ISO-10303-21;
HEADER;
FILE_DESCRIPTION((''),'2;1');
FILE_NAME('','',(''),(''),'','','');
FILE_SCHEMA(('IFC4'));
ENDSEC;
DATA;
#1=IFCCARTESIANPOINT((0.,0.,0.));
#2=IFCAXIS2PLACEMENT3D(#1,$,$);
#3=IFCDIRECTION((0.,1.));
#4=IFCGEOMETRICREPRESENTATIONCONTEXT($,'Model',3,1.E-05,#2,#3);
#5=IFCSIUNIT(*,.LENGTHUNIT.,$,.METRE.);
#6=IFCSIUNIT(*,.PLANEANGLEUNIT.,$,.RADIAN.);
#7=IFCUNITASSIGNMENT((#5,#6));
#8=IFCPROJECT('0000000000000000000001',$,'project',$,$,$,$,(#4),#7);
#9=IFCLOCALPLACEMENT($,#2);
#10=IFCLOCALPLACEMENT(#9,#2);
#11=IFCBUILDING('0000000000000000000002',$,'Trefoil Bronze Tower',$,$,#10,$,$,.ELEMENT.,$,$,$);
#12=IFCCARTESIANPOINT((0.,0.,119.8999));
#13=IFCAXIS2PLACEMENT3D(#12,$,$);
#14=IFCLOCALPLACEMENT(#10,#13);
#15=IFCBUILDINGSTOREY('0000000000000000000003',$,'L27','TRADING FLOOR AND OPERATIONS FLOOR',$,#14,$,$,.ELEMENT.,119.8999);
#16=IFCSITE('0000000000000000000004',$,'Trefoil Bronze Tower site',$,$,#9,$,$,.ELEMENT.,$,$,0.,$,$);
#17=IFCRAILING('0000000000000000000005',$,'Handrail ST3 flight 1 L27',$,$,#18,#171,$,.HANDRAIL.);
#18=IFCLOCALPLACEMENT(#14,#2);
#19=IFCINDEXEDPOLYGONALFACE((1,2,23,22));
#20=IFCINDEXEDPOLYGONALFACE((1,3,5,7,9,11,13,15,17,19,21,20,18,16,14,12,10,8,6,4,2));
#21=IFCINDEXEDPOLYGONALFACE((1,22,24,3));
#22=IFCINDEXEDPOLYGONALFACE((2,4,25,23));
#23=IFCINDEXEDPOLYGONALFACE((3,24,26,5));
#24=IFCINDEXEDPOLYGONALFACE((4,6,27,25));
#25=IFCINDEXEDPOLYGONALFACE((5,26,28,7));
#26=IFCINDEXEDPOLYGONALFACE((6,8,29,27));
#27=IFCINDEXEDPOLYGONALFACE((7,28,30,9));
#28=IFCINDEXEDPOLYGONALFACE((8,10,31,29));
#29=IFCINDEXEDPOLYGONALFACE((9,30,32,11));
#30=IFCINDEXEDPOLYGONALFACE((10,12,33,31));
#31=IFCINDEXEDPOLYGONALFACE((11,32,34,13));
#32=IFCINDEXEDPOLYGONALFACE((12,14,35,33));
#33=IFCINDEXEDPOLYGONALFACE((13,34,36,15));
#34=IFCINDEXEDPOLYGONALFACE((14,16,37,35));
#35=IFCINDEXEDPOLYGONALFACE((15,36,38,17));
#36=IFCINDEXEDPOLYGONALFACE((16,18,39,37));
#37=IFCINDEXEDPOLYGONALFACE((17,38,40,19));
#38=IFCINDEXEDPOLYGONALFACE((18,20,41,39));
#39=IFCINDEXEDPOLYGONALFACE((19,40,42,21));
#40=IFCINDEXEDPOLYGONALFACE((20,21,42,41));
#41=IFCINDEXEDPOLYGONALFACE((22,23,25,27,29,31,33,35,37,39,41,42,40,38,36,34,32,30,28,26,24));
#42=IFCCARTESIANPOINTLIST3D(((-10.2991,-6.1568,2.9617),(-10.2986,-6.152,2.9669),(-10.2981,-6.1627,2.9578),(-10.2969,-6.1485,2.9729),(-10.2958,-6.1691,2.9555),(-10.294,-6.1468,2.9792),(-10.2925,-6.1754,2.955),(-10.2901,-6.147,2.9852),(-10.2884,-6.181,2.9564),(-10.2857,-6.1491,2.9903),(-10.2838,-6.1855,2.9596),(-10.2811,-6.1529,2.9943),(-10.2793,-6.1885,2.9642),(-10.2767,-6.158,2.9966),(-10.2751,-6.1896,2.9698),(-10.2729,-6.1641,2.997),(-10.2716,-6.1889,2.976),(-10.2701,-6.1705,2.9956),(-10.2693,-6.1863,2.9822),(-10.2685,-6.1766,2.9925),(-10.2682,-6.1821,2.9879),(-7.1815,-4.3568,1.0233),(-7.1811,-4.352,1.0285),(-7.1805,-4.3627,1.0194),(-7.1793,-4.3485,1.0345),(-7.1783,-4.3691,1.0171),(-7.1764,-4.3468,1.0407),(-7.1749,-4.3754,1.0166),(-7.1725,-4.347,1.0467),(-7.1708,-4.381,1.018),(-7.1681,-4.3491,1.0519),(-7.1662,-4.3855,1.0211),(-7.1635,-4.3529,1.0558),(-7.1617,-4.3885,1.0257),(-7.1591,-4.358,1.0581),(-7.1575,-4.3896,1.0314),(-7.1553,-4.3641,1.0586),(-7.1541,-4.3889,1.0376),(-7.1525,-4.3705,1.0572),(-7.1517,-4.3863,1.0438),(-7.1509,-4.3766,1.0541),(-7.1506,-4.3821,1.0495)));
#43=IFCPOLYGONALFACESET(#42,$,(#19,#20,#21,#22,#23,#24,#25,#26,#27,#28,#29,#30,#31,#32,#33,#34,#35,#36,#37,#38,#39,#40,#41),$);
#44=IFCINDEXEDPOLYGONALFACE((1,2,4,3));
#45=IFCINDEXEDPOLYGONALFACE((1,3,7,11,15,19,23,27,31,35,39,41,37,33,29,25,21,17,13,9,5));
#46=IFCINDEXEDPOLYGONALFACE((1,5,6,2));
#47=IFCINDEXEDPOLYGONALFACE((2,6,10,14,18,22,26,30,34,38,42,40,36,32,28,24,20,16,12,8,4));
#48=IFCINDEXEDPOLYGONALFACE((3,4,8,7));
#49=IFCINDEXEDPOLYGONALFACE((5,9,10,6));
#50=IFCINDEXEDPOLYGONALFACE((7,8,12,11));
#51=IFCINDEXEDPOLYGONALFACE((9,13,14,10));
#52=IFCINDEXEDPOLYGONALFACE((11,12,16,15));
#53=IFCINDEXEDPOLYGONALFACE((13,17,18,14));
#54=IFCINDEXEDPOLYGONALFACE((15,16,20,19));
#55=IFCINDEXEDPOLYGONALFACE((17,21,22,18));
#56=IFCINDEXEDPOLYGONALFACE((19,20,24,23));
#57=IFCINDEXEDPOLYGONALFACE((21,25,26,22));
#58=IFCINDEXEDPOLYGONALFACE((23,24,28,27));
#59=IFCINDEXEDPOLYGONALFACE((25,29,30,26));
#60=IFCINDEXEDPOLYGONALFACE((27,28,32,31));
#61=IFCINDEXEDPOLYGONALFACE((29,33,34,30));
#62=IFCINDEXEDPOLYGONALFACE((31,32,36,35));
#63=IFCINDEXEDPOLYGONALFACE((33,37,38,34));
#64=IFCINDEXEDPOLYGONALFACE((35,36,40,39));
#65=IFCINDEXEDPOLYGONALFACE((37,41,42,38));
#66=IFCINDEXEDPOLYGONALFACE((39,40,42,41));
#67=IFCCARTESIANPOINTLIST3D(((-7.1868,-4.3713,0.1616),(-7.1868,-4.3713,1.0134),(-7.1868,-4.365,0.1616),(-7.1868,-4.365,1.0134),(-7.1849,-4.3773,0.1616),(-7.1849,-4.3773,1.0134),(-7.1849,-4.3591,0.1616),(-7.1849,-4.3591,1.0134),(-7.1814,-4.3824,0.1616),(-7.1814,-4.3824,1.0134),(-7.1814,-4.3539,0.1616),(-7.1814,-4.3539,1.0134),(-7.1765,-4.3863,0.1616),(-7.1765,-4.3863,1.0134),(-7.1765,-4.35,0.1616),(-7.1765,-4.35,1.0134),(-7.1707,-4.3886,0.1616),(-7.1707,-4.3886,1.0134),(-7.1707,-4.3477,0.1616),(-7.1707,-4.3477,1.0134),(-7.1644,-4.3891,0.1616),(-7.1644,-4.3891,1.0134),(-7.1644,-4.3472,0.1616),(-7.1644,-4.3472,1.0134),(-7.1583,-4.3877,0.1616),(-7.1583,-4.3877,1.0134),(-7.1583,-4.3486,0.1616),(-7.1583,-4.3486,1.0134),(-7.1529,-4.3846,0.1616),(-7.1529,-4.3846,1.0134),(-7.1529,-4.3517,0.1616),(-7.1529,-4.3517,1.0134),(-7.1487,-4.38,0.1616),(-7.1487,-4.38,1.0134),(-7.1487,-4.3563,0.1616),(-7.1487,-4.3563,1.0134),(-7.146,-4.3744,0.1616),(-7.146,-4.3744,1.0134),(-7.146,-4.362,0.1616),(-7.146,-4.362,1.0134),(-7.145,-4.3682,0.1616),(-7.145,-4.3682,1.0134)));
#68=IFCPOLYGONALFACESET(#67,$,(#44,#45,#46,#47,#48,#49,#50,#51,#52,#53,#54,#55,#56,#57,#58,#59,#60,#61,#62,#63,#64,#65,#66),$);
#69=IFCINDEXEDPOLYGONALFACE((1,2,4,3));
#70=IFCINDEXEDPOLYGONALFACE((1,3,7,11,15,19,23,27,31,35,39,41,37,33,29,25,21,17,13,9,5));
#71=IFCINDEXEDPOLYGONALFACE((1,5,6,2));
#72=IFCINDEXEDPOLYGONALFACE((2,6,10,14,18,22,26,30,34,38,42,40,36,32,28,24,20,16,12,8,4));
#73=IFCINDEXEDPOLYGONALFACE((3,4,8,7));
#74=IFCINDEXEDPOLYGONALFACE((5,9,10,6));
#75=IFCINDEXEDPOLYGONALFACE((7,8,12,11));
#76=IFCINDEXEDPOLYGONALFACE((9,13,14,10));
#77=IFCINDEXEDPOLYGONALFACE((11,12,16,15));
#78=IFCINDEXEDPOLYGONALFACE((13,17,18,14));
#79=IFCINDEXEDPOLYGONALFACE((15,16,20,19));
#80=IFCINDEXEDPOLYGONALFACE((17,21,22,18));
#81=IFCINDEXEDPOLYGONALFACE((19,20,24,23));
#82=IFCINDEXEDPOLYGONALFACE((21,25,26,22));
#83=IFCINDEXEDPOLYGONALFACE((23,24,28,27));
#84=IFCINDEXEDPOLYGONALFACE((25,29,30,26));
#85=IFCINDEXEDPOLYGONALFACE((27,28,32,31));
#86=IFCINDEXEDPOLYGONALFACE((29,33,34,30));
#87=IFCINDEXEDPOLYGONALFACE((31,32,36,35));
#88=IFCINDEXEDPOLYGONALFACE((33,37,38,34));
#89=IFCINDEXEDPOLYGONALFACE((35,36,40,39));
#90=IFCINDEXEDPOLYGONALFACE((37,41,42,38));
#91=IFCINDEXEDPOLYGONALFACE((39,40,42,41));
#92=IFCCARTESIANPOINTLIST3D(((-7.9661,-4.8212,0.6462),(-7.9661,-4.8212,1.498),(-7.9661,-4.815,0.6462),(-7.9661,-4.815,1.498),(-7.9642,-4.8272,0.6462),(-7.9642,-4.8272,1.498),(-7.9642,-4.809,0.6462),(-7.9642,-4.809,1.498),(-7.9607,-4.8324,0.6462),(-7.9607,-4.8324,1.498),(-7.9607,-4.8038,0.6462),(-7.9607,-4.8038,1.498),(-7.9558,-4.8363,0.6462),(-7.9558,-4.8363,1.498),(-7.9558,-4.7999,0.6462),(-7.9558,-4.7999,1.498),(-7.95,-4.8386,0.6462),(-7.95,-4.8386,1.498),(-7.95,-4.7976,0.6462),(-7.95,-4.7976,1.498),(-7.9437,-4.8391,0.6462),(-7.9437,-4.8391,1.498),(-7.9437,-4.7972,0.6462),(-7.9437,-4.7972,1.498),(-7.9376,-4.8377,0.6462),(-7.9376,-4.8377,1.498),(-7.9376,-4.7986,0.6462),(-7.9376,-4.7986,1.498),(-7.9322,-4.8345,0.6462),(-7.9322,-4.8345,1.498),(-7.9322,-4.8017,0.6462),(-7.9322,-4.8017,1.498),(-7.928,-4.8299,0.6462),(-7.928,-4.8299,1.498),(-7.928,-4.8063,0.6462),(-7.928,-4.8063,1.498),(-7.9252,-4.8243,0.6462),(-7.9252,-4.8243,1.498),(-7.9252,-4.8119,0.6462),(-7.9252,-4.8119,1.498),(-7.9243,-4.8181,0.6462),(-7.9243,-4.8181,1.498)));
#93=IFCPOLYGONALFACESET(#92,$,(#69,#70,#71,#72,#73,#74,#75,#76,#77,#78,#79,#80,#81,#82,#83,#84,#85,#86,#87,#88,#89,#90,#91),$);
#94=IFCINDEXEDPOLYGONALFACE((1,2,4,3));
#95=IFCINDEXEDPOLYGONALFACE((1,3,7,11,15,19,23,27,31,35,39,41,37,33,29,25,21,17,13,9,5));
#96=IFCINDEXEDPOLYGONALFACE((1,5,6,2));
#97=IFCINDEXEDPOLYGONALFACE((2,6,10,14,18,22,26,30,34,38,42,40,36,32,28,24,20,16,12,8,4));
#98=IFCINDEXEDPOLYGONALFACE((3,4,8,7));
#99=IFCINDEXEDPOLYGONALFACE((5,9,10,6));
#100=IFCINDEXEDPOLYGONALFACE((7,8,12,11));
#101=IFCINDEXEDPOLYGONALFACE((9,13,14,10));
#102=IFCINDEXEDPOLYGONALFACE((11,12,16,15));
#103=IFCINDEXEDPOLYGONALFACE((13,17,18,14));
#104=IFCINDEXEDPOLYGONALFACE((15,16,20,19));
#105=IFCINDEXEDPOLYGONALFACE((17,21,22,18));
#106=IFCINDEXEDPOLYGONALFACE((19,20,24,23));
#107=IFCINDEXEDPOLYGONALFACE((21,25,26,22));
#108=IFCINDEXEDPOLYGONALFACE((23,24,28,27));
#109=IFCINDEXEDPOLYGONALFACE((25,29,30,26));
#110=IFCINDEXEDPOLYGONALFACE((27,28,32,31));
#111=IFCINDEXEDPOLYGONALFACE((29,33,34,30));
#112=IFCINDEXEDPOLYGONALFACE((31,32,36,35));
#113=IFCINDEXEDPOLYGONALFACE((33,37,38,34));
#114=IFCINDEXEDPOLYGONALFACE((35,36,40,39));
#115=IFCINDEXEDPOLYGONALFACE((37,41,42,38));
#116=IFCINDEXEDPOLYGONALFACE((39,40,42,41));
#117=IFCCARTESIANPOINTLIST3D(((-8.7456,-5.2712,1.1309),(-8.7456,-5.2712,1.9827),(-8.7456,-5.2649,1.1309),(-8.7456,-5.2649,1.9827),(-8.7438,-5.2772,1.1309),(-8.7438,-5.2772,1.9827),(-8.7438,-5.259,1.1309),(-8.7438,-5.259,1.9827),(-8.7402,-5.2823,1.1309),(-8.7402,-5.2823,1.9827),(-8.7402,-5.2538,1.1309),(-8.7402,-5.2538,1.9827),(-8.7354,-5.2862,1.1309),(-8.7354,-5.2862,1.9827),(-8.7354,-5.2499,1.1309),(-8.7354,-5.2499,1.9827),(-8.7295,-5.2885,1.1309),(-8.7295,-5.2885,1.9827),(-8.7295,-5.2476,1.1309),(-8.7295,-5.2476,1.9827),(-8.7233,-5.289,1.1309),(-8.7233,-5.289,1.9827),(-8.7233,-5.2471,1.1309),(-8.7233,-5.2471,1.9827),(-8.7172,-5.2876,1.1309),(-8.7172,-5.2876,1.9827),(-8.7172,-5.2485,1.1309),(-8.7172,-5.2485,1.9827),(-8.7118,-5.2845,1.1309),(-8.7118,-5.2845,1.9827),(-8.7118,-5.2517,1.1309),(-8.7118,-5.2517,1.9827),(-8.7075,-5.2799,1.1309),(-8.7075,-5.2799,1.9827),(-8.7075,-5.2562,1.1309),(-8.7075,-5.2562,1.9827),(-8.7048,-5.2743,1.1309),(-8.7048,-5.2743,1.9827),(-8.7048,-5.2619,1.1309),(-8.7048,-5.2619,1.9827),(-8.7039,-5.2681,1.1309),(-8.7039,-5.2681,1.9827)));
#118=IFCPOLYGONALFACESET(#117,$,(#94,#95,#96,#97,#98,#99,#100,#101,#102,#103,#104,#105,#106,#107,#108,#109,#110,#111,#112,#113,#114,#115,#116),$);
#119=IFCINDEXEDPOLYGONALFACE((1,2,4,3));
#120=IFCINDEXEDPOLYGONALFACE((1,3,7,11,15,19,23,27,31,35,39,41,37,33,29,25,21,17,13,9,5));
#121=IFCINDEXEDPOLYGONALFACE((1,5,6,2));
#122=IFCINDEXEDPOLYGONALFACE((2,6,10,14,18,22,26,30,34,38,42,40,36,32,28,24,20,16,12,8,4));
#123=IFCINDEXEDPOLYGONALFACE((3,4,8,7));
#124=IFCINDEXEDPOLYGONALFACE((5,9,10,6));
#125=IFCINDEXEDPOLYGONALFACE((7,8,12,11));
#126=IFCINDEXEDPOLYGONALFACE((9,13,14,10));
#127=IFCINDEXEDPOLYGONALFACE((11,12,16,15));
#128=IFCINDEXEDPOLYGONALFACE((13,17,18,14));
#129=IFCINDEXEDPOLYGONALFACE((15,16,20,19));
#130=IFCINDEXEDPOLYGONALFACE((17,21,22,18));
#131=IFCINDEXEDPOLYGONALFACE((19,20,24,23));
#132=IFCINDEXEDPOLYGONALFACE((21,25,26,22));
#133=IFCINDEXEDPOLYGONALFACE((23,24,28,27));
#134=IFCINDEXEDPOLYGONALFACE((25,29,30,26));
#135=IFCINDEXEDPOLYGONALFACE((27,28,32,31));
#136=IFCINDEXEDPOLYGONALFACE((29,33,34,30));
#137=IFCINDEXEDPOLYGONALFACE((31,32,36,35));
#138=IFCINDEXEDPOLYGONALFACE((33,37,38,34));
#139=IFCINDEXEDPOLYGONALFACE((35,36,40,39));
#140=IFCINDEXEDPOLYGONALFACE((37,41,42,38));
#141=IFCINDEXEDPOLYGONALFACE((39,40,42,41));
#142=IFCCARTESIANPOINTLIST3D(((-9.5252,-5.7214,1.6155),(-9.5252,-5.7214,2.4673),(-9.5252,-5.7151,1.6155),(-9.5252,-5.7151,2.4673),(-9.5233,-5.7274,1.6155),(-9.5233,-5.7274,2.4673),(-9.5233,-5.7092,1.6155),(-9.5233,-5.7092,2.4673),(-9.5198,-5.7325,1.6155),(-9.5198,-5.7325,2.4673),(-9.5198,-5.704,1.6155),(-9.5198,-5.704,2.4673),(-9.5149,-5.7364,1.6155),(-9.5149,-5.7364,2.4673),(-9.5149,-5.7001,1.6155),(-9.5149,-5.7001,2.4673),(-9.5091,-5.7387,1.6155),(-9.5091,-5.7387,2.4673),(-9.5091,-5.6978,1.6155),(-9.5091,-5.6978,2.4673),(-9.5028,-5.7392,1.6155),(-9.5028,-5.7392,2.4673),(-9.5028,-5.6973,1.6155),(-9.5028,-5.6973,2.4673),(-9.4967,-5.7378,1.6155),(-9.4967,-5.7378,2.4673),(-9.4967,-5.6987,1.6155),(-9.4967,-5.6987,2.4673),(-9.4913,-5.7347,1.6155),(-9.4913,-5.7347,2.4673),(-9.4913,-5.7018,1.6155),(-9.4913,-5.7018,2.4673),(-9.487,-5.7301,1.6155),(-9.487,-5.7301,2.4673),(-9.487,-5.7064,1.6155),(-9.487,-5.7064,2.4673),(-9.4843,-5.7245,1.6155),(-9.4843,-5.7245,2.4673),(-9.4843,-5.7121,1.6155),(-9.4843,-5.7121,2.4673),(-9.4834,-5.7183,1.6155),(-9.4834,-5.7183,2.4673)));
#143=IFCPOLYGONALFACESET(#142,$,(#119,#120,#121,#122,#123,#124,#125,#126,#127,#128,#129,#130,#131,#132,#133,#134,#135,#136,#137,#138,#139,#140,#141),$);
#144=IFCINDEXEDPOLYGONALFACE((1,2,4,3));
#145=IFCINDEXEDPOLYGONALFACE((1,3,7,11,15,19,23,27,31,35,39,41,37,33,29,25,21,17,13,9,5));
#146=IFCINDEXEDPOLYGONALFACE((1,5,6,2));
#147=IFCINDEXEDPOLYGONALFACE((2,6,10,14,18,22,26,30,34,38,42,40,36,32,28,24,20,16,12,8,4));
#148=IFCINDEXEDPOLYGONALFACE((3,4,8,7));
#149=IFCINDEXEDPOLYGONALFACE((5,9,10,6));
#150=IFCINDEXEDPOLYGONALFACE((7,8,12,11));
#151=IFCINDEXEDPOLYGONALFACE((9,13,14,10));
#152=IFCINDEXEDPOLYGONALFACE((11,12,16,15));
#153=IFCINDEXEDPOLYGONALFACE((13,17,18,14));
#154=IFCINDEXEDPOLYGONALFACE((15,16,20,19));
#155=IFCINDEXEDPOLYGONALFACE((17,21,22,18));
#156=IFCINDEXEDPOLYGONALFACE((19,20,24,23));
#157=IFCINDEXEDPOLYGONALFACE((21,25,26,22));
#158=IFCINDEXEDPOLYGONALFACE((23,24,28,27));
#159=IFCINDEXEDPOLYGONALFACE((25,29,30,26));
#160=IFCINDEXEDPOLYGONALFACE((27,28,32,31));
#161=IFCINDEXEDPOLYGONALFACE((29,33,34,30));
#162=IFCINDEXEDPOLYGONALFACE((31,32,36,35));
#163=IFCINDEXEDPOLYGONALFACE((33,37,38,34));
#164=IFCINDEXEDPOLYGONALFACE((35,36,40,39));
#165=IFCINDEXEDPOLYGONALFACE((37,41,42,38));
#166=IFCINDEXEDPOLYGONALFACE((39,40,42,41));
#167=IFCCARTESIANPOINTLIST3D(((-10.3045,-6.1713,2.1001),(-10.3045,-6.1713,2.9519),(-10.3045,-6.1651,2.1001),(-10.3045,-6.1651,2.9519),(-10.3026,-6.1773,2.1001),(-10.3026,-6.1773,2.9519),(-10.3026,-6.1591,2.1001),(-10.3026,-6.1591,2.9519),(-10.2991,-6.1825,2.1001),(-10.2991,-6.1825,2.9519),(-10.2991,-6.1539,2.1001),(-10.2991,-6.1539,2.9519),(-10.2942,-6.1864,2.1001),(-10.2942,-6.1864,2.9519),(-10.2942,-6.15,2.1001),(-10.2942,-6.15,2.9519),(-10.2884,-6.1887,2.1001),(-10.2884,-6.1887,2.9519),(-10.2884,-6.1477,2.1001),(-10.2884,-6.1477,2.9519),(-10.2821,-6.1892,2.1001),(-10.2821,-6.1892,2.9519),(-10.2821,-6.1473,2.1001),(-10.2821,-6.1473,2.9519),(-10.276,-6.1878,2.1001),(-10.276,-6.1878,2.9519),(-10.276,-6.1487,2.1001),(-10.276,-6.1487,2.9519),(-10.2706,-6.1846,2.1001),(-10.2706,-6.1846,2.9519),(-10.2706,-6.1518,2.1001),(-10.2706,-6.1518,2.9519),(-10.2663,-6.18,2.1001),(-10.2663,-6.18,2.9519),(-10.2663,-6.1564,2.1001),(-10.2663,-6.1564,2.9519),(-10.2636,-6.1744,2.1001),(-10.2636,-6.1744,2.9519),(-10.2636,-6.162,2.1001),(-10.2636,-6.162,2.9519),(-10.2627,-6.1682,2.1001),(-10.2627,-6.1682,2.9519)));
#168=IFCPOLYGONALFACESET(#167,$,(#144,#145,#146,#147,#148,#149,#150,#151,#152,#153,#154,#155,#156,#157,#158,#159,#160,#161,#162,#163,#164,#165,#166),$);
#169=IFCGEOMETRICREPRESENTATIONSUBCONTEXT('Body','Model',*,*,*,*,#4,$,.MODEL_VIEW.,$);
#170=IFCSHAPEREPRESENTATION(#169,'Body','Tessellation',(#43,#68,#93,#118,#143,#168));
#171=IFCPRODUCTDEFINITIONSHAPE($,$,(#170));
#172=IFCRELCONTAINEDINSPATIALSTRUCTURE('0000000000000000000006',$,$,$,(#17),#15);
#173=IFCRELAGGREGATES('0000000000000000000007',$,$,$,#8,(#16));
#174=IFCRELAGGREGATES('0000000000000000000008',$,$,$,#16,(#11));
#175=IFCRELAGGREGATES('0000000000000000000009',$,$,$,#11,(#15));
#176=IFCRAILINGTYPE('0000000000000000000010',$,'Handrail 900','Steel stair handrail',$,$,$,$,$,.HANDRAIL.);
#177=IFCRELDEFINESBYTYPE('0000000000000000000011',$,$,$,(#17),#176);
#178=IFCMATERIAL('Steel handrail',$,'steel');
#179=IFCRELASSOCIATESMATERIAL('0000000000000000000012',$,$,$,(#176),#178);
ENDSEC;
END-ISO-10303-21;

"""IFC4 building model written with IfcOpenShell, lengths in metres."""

from ifc_helpers import new_model, si_unit, direction, frame, origin, origin_2d, place, context, subcontext, project, spatial, circle, extrude, material, type_object, element, save


model = new_model("IFC4")

# Units and contexts
model_context = context("Model", 3, precision=1e-05, world=origin(), true_north=direction((0.0, 1.0)))
body_context = subcontext(model_context, "Body", "Model", "MODEL_VIEW")
ifc_project = project(units=[si_unit("LENGTHUNIT", "METRE"), si_unit("PLANEANGLEUNIT", "RADIAN")], contexts=[model_context])

# Site, building, storey
site_placement = place(None, origin())
site = spatial("IfcSite", under=ifc_project, at=site_placement, Name="Trefoil Bronze Tower site", CompositionType="ELEMENT", RefElevation=0.0)
building_placement = place(site_placement, origin())
building = spatial("IfcBuilding", under=site, at=building_placement, Name="Trefoil Bronze Tower", CompositionType="ELEMENT")
storey_placement = place(building_placement, frame((0.0, 0.0, 119.8999)))
storey = spatial("IfcBuildingStorey", under=building, at=storey_placement, Name="L27", Description="TRADING FLOOR AND OPERATIONS FLOOR", CompositionType="ELEMENT", Elevation=119.8999)

# Railing
ifc_material_1 = material(Name="Steel handrail", Category="steel")
railing_type = type_object("IfcRailingType", Name="Handrail 900", Description="Steel stair handrail", PredefinedType="HANDRAIL", material=ifc_material_1)
railing_1_placement = place(storey_placement, frame((-7.166, -4.3682, 0.1616)))
element("IfcRailing", 1, at=railing_1_placement, inside=storey, type_object=railing_type, Name="Handrail ST3 flight 1 L27", PredefinedType="HANDRAIL", context=body_context, shape_type="SweptSolid", body=[
    extrude(circle(Radius=0.0239, at=origin_2d()), frame((0.0, 0.0, 0.876), z_axis=(-0.762503, -0.440246, 0.474102), x_axis=(0.500012, -0.866018, 0.0)), (0.0, 0.0, 1.0), 4.0886),
    extrude(circle(Radius=0.021, at=origin_2d()), origin(), (0.0, 0.0, 1.0), 0.8518),
    extrude(circle(Radius=0.021, at=origin_2d()), frame((-0.7793, -0.45, 0.4846)), (0.0, 0.0, 1.0), 0.8518),
    extrude(circle(Radius=0.021, at=origin_2d()), frame((-1.5588, -0.8999, 0.9692)), (0.0, 0.0, 1.0), 0.8518),
    extrude(circle(Radius=0.021, at=origin_2d()), frame((-2.3384, -1.3501, 1.4539)), (0.0, 0.0, 1.0), 0.8518),
    extrude(circle(Radius=0.021, at=origin_2d()), frame((-3.1177, -1.8, 1.9385)), (0.0, 0.0, 1.0), 0.8518),
])

save(model, "model.ifc")
